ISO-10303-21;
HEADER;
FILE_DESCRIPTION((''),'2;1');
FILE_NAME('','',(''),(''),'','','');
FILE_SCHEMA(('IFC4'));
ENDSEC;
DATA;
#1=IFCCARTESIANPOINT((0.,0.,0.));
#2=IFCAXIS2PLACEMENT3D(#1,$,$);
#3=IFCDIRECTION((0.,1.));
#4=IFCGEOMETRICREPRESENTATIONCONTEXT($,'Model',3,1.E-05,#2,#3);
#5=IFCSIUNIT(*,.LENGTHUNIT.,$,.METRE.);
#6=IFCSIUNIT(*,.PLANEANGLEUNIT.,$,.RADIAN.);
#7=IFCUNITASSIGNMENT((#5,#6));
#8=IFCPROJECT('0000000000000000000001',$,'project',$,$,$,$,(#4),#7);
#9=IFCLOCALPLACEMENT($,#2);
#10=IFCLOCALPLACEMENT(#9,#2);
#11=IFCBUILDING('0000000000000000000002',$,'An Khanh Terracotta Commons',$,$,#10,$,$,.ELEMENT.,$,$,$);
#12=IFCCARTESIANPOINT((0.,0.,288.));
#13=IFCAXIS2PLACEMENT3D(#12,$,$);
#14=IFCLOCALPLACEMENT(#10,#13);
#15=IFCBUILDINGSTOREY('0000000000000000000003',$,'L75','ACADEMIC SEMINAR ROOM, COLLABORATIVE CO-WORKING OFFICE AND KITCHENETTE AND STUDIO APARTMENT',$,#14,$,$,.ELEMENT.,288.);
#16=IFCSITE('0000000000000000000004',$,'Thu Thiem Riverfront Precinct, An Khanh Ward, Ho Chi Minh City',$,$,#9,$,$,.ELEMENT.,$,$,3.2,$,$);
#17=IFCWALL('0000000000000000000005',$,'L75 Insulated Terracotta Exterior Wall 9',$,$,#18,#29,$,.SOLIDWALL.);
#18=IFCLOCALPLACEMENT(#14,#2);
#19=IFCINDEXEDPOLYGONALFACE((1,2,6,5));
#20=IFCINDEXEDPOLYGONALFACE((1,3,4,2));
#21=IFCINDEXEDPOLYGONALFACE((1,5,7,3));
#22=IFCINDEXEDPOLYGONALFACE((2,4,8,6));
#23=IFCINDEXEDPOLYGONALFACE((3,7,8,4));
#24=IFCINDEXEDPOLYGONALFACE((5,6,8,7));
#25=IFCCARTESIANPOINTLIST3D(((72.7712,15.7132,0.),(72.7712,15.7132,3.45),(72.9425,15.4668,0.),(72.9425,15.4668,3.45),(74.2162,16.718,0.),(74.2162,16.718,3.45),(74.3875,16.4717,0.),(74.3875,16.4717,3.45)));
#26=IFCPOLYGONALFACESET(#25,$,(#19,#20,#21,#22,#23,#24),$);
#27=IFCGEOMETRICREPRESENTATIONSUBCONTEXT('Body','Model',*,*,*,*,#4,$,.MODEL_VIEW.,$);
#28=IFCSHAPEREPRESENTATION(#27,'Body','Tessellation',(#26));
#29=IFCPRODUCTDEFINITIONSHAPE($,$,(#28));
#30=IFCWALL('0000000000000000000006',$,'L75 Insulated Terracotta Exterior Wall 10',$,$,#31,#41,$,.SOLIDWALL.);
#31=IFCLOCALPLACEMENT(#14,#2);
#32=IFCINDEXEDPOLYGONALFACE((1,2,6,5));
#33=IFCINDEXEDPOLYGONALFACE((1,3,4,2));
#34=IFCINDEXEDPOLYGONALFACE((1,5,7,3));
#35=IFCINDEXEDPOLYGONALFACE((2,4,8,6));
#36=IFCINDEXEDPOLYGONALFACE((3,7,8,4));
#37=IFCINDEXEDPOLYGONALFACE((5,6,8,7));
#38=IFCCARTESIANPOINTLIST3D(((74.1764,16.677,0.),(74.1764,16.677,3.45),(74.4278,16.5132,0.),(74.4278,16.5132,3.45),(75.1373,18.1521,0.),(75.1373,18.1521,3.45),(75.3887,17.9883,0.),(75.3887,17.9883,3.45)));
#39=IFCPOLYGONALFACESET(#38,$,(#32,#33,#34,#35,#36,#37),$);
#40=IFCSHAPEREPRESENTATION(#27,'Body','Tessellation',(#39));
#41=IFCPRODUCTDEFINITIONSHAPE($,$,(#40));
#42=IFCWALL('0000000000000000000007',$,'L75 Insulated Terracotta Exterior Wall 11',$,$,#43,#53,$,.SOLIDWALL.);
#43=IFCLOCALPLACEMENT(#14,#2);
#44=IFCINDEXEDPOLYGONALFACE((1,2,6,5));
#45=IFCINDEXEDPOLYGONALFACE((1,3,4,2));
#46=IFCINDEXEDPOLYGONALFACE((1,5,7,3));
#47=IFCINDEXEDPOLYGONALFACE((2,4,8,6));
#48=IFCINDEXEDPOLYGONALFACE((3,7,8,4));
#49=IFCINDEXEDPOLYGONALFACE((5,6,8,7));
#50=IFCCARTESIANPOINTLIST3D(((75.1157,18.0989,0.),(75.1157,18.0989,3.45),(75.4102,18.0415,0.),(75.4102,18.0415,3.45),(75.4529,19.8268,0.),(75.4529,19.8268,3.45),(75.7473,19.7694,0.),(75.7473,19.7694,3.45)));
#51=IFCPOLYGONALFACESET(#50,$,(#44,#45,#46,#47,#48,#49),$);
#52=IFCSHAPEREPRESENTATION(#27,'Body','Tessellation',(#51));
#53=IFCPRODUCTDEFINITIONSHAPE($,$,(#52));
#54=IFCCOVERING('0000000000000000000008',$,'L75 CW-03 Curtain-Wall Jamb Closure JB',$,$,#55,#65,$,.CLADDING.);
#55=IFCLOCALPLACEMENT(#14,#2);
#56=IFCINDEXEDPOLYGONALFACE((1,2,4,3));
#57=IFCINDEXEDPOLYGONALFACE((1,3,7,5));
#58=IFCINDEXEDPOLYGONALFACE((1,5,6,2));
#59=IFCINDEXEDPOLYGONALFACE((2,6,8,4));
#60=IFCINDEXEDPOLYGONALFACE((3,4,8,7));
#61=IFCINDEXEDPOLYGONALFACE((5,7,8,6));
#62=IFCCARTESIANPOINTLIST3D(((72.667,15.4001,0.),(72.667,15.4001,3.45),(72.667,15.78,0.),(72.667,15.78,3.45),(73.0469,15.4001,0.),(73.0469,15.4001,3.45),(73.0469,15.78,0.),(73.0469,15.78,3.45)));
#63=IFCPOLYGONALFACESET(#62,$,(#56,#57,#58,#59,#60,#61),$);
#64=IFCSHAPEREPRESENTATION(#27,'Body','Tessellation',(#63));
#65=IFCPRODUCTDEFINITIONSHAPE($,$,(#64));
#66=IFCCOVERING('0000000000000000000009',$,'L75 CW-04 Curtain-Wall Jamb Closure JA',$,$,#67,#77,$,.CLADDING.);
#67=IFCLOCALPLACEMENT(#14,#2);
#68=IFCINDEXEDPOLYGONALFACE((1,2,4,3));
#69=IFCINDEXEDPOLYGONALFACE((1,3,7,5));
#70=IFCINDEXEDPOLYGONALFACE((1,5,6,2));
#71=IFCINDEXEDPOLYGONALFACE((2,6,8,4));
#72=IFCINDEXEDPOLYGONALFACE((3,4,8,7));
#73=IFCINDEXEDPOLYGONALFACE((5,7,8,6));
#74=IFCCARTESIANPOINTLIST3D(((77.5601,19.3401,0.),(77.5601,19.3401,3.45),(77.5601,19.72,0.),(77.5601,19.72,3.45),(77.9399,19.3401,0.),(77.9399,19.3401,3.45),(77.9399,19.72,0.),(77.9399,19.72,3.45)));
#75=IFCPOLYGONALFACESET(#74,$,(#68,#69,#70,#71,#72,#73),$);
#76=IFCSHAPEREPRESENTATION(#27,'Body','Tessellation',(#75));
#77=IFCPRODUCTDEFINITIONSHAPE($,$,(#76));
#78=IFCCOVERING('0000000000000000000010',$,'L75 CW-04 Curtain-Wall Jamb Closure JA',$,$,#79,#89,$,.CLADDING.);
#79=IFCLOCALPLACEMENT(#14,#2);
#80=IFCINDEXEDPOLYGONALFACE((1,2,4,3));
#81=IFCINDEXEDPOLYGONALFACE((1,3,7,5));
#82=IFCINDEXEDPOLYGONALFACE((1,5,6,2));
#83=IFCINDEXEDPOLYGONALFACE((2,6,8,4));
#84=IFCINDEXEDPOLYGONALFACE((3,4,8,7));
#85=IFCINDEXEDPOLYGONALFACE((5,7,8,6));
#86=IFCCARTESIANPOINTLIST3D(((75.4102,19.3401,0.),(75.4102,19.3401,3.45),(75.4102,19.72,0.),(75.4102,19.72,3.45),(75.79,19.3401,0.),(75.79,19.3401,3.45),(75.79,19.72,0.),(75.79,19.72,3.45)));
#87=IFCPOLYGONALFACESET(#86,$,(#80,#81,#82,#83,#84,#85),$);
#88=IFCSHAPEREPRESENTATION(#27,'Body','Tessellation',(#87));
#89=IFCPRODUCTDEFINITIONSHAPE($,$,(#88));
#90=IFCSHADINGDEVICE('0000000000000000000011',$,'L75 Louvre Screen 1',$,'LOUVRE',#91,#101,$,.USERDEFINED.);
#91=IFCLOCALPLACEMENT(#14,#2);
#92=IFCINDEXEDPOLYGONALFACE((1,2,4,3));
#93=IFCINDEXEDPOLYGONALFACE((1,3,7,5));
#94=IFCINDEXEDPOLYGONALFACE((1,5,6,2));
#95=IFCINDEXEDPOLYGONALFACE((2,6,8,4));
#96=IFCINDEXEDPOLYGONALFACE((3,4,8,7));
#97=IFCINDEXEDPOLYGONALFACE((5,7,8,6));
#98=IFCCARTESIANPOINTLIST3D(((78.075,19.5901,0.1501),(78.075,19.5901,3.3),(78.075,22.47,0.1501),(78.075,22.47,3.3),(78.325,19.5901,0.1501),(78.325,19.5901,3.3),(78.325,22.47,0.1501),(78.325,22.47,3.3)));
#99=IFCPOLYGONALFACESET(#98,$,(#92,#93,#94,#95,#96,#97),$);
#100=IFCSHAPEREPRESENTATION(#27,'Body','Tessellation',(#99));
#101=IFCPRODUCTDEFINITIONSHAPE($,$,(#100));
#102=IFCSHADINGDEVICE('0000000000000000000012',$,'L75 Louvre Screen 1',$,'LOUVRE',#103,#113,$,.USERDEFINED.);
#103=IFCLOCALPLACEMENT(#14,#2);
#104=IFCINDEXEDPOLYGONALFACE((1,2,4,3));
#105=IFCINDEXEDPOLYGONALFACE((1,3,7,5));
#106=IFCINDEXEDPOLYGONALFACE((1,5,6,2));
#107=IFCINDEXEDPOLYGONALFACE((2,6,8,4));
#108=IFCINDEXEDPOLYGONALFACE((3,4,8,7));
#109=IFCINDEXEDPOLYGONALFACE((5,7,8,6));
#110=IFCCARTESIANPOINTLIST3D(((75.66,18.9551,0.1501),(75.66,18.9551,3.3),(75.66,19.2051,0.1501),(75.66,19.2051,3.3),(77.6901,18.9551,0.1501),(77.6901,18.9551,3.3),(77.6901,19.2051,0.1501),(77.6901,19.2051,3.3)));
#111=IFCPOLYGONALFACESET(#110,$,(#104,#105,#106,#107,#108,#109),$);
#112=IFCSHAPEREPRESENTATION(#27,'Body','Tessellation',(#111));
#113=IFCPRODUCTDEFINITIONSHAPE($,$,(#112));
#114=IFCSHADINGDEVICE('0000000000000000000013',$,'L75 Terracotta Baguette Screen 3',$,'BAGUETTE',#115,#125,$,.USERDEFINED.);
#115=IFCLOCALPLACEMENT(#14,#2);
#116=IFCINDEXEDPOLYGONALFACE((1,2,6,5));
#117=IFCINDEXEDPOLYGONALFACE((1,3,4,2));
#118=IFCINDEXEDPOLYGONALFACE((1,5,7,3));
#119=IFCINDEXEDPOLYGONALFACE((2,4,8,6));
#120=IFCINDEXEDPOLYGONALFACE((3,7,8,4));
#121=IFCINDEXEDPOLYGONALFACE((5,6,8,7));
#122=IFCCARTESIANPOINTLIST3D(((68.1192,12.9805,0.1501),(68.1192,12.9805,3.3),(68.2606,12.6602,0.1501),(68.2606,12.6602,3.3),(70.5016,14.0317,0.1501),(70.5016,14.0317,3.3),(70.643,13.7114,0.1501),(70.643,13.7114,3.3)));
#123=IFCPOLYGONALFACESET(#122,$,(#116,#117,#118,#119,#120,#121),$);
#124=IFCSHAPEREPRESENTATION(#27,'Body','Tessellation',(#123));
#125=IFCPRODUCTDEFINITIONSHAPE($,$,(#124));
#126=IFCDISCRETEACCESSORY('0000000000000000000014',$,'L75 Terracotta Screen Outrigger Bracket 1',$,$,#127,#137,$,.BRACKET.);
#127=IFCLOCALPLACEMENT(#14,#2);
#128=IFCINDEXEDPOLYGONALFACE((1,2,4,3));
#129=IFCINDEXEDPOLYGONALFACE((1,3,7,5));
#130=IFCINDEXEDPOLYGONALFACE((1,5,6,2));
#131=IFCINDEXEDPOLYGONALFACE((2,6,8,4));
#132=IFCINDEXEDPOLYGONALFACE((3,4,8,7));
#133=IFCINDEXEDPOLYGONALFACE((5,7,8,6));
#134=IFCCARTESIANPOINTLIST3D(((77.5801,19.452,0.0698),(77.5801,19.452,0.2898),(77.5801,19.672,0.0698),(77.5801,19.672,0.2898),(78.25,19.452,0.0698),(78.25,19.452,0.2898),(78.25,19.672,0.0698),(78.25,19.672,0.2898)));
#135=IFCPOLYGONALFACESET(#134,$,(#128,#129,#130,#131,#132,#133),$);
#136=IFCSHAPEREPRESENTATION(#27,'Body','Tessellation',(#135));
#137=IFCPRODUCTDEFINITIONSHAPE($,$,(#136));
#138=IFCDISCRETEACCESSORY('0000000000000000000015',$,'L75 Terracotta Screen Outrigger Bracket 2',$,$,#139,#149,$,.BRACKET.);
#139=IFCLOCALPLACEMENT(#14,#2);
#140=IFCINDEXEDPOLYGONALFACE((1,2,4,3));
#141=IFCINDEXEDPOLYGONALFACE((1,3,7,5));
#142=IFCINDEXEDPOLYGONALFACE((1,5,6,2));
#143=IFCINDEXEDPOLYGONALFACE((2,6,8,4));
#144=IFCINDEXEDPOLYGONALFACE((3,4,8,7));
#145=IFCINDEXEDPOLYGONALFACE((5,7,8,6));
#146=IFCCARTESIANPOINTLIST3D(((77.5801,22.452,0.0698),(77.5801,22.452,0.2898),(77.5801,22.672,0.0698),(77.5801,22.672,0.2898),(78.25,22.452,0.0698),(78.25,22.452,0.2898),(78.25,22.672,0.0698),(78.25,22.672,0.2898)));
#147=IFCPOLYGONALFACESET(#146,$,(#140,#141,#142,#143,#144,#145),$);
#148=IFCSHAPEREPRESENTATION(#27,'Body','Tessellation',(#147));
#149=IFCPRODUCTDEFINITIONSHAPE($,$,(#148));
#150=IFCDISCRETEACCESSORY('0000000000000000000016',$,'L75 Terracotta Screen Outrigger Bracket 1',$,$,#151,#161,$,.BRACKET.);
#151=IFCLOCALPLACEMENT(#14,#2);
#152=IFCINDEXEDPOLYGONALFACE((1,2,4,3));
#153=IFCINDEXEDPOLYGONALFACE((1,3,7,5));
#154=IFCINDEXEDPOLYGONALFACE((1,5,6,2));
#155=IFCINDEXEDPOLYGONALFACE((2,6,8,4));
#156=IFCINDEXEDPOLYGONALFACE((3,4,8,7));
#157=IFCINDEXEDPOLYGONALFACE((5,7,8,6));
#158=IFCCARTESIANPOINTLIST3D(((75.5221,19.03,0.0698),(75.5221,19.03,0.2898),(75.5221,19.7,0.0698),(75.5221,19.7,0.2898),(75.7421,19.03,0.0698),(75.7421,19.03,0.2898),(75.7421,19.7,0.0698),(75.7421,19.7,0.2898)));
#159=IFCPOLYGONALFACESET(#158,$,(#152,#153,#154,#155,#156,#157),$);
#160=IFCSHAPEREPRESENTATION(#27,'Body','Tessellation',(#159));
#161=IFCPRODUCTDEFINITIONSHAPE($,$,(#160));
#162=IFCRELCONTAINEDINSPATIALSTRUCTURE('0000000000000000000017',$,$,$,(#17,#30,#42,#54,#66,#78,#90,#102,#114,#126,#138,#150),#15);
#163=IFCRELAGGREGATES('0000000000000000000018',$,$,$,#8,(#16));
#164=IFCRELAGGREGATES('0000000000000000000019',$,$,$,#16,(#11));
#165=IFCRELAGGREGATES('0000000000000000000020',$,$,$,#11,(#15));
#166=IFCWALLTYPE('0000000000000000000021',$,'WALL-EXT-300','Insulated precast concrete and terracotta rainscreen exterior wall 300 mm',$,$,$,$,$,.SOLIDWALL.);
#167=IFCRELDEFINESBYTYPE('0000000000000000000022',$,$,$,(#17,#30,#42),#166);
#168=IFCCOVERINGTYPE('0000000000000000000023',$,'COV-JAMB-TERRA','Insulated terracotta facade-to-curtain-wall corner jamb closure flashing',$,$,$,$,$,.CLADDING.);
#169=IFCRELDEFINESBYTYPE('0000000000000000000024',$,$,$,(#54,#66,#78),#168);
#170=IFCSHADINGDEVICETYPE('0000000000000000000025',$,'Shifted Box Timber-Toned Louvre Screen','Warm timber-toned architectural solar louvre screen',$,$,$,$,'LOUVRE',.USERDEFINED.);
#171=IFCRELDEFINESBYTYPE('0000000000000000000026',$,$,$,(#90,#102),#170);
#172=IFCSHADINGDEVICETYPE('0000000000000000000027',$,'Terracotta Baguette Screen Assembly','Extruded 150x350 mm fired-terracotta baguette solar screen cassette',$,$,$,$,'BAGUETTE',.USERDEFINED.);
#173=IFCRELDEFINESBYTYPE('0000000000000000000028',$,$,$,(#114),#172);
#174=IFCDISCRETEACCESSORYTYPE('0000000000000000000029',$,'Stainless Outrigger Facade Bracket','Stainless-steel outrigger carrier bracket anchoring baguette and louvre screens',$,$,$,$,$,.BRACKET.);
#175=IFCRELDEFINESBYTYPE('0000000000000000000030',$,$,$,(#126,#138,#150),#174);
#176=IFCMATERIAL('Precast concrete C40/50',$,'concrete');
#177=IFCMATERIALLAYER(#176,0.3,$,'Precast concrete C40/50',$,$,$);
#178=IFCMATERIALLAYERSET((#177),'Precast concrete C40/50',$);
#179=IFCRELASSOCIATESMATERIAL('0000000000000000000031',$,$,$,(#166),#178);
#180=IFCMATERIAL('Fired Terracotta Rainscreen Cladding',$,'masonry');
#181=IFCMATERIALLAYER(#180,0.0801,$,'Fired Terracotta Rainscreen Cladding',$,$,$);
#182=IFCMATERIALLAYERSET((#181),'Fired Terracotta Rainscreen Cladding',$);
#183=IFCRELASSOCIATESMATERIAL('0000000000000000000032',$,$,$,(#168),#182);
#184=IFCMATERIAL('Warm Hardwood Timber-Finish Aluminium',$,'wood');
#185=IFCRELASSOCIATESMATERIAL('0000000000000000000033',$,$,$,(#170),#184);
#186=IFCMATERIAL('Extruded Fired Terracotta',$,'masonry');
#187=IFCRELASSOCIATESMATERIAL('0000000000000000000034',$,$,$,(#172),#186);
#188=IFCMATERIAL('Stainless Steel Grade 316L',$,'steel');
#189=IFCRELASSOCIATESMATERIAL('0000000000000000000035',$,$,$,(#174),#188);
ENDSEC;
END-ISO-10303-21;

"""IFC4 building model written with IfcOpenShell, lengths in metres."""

from ifc_helpers import new_model, si_unit, direction, frame, frame_2d, origin, origin_2d, place, context, subcontext, project, spatial, rectangle, extrude, material, layer, layer_set, type_object, element, save


model = new_model("IFC4")

# Units and contexts
model_context = context("Model", 3, precision=1e-05, world=origin(), true_north=direction((0.0, 1.0)))
body_context = subcontext(model_context, "Body", "Model", "MODEL_VIEW")
ifc_project = project(units=[si_unit("LENGTHUNIT", "METRE"), si_unit("PLANEANGLEUNIT", "RADIAN")], contexts=[model_context])

# Site, building, storey
site_placement = place(None, origin())
site = spatial("IfcSite", under=ifc_project, at=site_placement, Name="Thu Thiem Riverfront Precinct, An Khanh Ward, Ho Chi Minh City", CompositionType="ELEMENT", RefElevation=3.2)
building_placement = place(site_placement, origin())
building = spatial("IfcBuilding", under=site, at=building_placement, Name="An Khanh Terracotta Commons", CompositionType="ELEMENT")
storey_placement = place(building_placement, frame((0.0, 0.0, 288.0)))
storey = spatial("IfcBuildingStorey", under=building, at=storey_placement, Name="L75", Description="ACADEMIC SEMINAR ROOM, COLLABORATIVE CO-WORKING OFFICE AND KITCHENETTE AND STUDIO APARTMENT", CompositionType="ELEMENT", Elevation=288.0)

# Walls
ifc_material_1 = material(Name="Precast concrete C40/50", Category="concrete")
ifc_layer_1 = layer(ifc_material_1, 0.3, Name="Precast concrete C40/50")
ifc_layer_set_1 = layer_set([ifc_layer_1], Name="Precast concrete C40/50")
wall_type = type_object("IfcWallType", Name="WALL-EXT-300", Description="Insulated precast concrete and terracotta rainscreen exterior wall 300 mm", PredefinedType="SOLIDWALL", material=ifc_layer_set_1)
wall_placement = place(storey_placement, frame((72.8569, 15.5901, 0.0), z_axis=(0.0, 0.0, 1.0), x_axis=(0.821007, 0.570918, 0.0)))
element("IfcWall", 1, at=wall_placement, inside=storey, type_object=wall_type, Name="L75 Insulated Terracotta Exterior Wall 9", PredefinedType="SOLIDWALL", context=body_context, shape_type="SweptSolid", body=[
    extrude(rectangle(XDim=1.76, YDim=0.3, at=frame_2d((0.8799, 0.0))), origin(), (0.0, 0.0, 1.0), 3.45),
])
for number, where, z_axis, x_axis, name in (
    (2, (74.302, 16.595, 0.0), (0.0, 0.0, 1.0), (0.545836, 0.837892, 0.0), "L75 Insulated Terracotta Exterior Wall 10"),
    (3, (75.2629, 18.0701, 0.0), (0.0, 0.0, 1.0), (0.191501, 0.981492, 0.0), "L75 Insulated Terracotta Exterior Wall 11"),
):
    element("IfcWall", number, at=place(storey_placement, frame(where, z_axis=z_axis, x_axis=x_axis)), inside=storey, type_object=wall_type, Name=name, PredefinedType="SOLIDWALL", context=body_context, shape_type="SweptSolid", body=[
        extrude(rectangle(XDim=1.7605, YDim=0.3, at=frame_2d((0.8804, 0.0))), origin(), (0.0, 0.0, 1.0), 3.45),
    ])

# Coverings
ifc_material_2 = material(Name="Fired Terracotta Rainscreen Cladding", Category="masonry")
ifc_layer_2 = layer(ifc_material_2, 0.0801, Name="Fired Terracotta Rainscreen Cladding")
ifc_layer_set_2 = layer_set([ifc_layer_2], Name="Fired Terracotta Rainscreen Cladding")
covering_type = type_object("IfcCoveringType", Name="COV-JAMB-TERRA", Description="Insulated terracotta facade-to-curtain-wall corner jamb closure flashing", PredefinedType="CLADDING", material=ifc_layer_set_2)
for number, where, z_axis, x_axis, name in (
    (4, (72.8569, 15.5901, 0.0), (0.0, 0.0, 1.0), (1.0, 0.0, 0.0), "L75 CW-03 Curtain-Wall Jamb Closure JB"),
    (5, (77.75, 19.53, 0.0), (0.0, 0.0, 1.0), (1.0, 0.0, 0.0), "L75 CW-04 Curtain-Wall Jamb Closure JA"),
    (6, (75.6001, 19.53, 0.0), (0.0, 0.0, 1.0), (1.0, 0.0, 0.0), "L75 CW-04 Curtain-Wall Jamb Closure JA"),
):
    element("IfcCovering", number, at=place(storey_placement, frame(where, z_axis=z_axis, x_axis=x_axis)), inside=storey, type_object=covering_type, Name=name, PredefinedType="CLADDING", context=body_context, shape_type="SweptSolid", body=[
        extrude(rectangle(XDim=0.3799, YDim=0.3799, at=origin_2d()), origin(), (0.0, 0.0, 1.0), 3.45),
    ])

# Shading devices
ifc_material_3 = material(Name="Warm Hardwood Timber-Finish Aluminium", Category="wood")
shading_device_type_1 = type_object("IfcShadingDeviceType", Name="Shifted Box Timber-Toned Louvre Screen", Description="Warm timber-toned architectural solar louvre screen", ElementType="LOUVRE", PredefinedType="USERDEFINED", material=ifc_material_3)
shading_device_1_placement = place(storey_placement, frame((78.2, 21.03, 0.1501), z_axis=(0.0, 0.0, 1.0), x_axis=(0.0, 1.0, 0.0)))
element("IfcShadingDevice", 7, at=shading_device_1_placement, inside=storey, type_object=shading_device_type_1, Name="L75 Louvre Screen 1", ObjectType="LOUVRE", PredefinedType="USERDEFINED", context=body_context, shape_type="SweptSolid", body=[
    extrude(rectangle(XDim=2.8799, YDim=0.25, at=origin_2d()), origin(), (0.0, 0.0, 1.0), 3.1499),
])
shading_device_2_placement = place(storey_placement, frame((76.675, 19.0801, 0.1501), z_axis=(0.0, 0.0, 1.0), x_axis=(1.0, 0.0, 0.0)))
element("IfcShadingDevice", 8, at=shading_device_2_placement, inside=storey, type_object=shading_device_type_1, Name="L75 Louvre Screen 1", ObjectType="LOUVRE", PredefinedType="USERDEFINED", context=body_context, shape_type="SweptSolid", body=[
    extrude(rectangle(XDim=2.03, YDim=0.25, at=origin_2d()), origin(), (0.0, 0.0, 1.0), 3.1499),
])
ifc_material_4 = material(Name="Extruded Fired Terracotta", Category="masonry")
shading_device_type_2 = type_object("IfcShadingDeviceType", Name="Terracotta Baguette Screen Assembly", Description="Extruded 150x350 mm fired-terracotta baguette solar screen cassette", ElementType="BAGUETTE", PredefinedType="USERDEFINED", material=ifc_material_4)
shading_device_3_placement = place(storey_placement, frame((69.3811, 13.3459, 0.1501), z_axis=(0.0, 0.0, 1.0), x_axis=(0.914902, 0.403676, 0.0)))
element("IfcShadingDevice", 9, at=shading_device_3_placement, inside=storey, type_object=shading_device_type_2, Name="L75 Terracotta Baguette Screen 3", ObjectType="BAGUETTE", PredefinedType="USERDEFINED", context=body_context, shape_type="SweptSolid", body=[
    extrude(rectangle(XDim=2.604, YDim=0.3501, at=origin_2d()), origin(), (0.0, 0.0, 1.0), 3.1499),
])

# Discrete accessories
ifc_material_5 = material(Name="Stainless Steel Grade 316L", Category="steel")
discrete_accessory_type = type_object("IfcDiscreteAccessoryType", Name="Stainless Outrigger Facade Bracket", Description="Stainless-steel outrigger carrier bracket anchoring baguette and louvre screens", PredefinedType="BRACKET", material=ifc_material_5)
for number, where, z_axis, x_axis, name in (
    (10, (77.915, 19.562, 0.0698), (0.0, 0.0, 1.0), (0.0, 1.0, 0.0), "L75 Terracotta Screen Outrigger Bracket 1"),
    (11, (77.915, 22.562, 0.0698), (0.0, 0.0, 1.0), (0.0, 1.0, 0.0), "L75 Terracotta Screen Outrigger Bracket 2"),
    (12, (75.6321, 19.365, 0.0698), (0.0, 0.0, 1.0), (1.0, 0.0, 0.0), "L75 Terracotta Screen Outrigger Bracket 1"),
):
    element("IfcDiscreteAccessory", number, at=place(storey_placement, frame(where, z_axis=z_axis, x_axis=x_axis)), inside=storey, type_object=discrete_accessory_type, Name=name, PredefinedType="BRACKET", context=body_context, shape_type="SweptSolid", body=[
        extrude(rectangle(XDim=0.22, YDim=0.6699, at=origin_2d()), origin(), (0.0, 0.0, 1.0), 0.22),
    ])

save(model, "model.ifc")
